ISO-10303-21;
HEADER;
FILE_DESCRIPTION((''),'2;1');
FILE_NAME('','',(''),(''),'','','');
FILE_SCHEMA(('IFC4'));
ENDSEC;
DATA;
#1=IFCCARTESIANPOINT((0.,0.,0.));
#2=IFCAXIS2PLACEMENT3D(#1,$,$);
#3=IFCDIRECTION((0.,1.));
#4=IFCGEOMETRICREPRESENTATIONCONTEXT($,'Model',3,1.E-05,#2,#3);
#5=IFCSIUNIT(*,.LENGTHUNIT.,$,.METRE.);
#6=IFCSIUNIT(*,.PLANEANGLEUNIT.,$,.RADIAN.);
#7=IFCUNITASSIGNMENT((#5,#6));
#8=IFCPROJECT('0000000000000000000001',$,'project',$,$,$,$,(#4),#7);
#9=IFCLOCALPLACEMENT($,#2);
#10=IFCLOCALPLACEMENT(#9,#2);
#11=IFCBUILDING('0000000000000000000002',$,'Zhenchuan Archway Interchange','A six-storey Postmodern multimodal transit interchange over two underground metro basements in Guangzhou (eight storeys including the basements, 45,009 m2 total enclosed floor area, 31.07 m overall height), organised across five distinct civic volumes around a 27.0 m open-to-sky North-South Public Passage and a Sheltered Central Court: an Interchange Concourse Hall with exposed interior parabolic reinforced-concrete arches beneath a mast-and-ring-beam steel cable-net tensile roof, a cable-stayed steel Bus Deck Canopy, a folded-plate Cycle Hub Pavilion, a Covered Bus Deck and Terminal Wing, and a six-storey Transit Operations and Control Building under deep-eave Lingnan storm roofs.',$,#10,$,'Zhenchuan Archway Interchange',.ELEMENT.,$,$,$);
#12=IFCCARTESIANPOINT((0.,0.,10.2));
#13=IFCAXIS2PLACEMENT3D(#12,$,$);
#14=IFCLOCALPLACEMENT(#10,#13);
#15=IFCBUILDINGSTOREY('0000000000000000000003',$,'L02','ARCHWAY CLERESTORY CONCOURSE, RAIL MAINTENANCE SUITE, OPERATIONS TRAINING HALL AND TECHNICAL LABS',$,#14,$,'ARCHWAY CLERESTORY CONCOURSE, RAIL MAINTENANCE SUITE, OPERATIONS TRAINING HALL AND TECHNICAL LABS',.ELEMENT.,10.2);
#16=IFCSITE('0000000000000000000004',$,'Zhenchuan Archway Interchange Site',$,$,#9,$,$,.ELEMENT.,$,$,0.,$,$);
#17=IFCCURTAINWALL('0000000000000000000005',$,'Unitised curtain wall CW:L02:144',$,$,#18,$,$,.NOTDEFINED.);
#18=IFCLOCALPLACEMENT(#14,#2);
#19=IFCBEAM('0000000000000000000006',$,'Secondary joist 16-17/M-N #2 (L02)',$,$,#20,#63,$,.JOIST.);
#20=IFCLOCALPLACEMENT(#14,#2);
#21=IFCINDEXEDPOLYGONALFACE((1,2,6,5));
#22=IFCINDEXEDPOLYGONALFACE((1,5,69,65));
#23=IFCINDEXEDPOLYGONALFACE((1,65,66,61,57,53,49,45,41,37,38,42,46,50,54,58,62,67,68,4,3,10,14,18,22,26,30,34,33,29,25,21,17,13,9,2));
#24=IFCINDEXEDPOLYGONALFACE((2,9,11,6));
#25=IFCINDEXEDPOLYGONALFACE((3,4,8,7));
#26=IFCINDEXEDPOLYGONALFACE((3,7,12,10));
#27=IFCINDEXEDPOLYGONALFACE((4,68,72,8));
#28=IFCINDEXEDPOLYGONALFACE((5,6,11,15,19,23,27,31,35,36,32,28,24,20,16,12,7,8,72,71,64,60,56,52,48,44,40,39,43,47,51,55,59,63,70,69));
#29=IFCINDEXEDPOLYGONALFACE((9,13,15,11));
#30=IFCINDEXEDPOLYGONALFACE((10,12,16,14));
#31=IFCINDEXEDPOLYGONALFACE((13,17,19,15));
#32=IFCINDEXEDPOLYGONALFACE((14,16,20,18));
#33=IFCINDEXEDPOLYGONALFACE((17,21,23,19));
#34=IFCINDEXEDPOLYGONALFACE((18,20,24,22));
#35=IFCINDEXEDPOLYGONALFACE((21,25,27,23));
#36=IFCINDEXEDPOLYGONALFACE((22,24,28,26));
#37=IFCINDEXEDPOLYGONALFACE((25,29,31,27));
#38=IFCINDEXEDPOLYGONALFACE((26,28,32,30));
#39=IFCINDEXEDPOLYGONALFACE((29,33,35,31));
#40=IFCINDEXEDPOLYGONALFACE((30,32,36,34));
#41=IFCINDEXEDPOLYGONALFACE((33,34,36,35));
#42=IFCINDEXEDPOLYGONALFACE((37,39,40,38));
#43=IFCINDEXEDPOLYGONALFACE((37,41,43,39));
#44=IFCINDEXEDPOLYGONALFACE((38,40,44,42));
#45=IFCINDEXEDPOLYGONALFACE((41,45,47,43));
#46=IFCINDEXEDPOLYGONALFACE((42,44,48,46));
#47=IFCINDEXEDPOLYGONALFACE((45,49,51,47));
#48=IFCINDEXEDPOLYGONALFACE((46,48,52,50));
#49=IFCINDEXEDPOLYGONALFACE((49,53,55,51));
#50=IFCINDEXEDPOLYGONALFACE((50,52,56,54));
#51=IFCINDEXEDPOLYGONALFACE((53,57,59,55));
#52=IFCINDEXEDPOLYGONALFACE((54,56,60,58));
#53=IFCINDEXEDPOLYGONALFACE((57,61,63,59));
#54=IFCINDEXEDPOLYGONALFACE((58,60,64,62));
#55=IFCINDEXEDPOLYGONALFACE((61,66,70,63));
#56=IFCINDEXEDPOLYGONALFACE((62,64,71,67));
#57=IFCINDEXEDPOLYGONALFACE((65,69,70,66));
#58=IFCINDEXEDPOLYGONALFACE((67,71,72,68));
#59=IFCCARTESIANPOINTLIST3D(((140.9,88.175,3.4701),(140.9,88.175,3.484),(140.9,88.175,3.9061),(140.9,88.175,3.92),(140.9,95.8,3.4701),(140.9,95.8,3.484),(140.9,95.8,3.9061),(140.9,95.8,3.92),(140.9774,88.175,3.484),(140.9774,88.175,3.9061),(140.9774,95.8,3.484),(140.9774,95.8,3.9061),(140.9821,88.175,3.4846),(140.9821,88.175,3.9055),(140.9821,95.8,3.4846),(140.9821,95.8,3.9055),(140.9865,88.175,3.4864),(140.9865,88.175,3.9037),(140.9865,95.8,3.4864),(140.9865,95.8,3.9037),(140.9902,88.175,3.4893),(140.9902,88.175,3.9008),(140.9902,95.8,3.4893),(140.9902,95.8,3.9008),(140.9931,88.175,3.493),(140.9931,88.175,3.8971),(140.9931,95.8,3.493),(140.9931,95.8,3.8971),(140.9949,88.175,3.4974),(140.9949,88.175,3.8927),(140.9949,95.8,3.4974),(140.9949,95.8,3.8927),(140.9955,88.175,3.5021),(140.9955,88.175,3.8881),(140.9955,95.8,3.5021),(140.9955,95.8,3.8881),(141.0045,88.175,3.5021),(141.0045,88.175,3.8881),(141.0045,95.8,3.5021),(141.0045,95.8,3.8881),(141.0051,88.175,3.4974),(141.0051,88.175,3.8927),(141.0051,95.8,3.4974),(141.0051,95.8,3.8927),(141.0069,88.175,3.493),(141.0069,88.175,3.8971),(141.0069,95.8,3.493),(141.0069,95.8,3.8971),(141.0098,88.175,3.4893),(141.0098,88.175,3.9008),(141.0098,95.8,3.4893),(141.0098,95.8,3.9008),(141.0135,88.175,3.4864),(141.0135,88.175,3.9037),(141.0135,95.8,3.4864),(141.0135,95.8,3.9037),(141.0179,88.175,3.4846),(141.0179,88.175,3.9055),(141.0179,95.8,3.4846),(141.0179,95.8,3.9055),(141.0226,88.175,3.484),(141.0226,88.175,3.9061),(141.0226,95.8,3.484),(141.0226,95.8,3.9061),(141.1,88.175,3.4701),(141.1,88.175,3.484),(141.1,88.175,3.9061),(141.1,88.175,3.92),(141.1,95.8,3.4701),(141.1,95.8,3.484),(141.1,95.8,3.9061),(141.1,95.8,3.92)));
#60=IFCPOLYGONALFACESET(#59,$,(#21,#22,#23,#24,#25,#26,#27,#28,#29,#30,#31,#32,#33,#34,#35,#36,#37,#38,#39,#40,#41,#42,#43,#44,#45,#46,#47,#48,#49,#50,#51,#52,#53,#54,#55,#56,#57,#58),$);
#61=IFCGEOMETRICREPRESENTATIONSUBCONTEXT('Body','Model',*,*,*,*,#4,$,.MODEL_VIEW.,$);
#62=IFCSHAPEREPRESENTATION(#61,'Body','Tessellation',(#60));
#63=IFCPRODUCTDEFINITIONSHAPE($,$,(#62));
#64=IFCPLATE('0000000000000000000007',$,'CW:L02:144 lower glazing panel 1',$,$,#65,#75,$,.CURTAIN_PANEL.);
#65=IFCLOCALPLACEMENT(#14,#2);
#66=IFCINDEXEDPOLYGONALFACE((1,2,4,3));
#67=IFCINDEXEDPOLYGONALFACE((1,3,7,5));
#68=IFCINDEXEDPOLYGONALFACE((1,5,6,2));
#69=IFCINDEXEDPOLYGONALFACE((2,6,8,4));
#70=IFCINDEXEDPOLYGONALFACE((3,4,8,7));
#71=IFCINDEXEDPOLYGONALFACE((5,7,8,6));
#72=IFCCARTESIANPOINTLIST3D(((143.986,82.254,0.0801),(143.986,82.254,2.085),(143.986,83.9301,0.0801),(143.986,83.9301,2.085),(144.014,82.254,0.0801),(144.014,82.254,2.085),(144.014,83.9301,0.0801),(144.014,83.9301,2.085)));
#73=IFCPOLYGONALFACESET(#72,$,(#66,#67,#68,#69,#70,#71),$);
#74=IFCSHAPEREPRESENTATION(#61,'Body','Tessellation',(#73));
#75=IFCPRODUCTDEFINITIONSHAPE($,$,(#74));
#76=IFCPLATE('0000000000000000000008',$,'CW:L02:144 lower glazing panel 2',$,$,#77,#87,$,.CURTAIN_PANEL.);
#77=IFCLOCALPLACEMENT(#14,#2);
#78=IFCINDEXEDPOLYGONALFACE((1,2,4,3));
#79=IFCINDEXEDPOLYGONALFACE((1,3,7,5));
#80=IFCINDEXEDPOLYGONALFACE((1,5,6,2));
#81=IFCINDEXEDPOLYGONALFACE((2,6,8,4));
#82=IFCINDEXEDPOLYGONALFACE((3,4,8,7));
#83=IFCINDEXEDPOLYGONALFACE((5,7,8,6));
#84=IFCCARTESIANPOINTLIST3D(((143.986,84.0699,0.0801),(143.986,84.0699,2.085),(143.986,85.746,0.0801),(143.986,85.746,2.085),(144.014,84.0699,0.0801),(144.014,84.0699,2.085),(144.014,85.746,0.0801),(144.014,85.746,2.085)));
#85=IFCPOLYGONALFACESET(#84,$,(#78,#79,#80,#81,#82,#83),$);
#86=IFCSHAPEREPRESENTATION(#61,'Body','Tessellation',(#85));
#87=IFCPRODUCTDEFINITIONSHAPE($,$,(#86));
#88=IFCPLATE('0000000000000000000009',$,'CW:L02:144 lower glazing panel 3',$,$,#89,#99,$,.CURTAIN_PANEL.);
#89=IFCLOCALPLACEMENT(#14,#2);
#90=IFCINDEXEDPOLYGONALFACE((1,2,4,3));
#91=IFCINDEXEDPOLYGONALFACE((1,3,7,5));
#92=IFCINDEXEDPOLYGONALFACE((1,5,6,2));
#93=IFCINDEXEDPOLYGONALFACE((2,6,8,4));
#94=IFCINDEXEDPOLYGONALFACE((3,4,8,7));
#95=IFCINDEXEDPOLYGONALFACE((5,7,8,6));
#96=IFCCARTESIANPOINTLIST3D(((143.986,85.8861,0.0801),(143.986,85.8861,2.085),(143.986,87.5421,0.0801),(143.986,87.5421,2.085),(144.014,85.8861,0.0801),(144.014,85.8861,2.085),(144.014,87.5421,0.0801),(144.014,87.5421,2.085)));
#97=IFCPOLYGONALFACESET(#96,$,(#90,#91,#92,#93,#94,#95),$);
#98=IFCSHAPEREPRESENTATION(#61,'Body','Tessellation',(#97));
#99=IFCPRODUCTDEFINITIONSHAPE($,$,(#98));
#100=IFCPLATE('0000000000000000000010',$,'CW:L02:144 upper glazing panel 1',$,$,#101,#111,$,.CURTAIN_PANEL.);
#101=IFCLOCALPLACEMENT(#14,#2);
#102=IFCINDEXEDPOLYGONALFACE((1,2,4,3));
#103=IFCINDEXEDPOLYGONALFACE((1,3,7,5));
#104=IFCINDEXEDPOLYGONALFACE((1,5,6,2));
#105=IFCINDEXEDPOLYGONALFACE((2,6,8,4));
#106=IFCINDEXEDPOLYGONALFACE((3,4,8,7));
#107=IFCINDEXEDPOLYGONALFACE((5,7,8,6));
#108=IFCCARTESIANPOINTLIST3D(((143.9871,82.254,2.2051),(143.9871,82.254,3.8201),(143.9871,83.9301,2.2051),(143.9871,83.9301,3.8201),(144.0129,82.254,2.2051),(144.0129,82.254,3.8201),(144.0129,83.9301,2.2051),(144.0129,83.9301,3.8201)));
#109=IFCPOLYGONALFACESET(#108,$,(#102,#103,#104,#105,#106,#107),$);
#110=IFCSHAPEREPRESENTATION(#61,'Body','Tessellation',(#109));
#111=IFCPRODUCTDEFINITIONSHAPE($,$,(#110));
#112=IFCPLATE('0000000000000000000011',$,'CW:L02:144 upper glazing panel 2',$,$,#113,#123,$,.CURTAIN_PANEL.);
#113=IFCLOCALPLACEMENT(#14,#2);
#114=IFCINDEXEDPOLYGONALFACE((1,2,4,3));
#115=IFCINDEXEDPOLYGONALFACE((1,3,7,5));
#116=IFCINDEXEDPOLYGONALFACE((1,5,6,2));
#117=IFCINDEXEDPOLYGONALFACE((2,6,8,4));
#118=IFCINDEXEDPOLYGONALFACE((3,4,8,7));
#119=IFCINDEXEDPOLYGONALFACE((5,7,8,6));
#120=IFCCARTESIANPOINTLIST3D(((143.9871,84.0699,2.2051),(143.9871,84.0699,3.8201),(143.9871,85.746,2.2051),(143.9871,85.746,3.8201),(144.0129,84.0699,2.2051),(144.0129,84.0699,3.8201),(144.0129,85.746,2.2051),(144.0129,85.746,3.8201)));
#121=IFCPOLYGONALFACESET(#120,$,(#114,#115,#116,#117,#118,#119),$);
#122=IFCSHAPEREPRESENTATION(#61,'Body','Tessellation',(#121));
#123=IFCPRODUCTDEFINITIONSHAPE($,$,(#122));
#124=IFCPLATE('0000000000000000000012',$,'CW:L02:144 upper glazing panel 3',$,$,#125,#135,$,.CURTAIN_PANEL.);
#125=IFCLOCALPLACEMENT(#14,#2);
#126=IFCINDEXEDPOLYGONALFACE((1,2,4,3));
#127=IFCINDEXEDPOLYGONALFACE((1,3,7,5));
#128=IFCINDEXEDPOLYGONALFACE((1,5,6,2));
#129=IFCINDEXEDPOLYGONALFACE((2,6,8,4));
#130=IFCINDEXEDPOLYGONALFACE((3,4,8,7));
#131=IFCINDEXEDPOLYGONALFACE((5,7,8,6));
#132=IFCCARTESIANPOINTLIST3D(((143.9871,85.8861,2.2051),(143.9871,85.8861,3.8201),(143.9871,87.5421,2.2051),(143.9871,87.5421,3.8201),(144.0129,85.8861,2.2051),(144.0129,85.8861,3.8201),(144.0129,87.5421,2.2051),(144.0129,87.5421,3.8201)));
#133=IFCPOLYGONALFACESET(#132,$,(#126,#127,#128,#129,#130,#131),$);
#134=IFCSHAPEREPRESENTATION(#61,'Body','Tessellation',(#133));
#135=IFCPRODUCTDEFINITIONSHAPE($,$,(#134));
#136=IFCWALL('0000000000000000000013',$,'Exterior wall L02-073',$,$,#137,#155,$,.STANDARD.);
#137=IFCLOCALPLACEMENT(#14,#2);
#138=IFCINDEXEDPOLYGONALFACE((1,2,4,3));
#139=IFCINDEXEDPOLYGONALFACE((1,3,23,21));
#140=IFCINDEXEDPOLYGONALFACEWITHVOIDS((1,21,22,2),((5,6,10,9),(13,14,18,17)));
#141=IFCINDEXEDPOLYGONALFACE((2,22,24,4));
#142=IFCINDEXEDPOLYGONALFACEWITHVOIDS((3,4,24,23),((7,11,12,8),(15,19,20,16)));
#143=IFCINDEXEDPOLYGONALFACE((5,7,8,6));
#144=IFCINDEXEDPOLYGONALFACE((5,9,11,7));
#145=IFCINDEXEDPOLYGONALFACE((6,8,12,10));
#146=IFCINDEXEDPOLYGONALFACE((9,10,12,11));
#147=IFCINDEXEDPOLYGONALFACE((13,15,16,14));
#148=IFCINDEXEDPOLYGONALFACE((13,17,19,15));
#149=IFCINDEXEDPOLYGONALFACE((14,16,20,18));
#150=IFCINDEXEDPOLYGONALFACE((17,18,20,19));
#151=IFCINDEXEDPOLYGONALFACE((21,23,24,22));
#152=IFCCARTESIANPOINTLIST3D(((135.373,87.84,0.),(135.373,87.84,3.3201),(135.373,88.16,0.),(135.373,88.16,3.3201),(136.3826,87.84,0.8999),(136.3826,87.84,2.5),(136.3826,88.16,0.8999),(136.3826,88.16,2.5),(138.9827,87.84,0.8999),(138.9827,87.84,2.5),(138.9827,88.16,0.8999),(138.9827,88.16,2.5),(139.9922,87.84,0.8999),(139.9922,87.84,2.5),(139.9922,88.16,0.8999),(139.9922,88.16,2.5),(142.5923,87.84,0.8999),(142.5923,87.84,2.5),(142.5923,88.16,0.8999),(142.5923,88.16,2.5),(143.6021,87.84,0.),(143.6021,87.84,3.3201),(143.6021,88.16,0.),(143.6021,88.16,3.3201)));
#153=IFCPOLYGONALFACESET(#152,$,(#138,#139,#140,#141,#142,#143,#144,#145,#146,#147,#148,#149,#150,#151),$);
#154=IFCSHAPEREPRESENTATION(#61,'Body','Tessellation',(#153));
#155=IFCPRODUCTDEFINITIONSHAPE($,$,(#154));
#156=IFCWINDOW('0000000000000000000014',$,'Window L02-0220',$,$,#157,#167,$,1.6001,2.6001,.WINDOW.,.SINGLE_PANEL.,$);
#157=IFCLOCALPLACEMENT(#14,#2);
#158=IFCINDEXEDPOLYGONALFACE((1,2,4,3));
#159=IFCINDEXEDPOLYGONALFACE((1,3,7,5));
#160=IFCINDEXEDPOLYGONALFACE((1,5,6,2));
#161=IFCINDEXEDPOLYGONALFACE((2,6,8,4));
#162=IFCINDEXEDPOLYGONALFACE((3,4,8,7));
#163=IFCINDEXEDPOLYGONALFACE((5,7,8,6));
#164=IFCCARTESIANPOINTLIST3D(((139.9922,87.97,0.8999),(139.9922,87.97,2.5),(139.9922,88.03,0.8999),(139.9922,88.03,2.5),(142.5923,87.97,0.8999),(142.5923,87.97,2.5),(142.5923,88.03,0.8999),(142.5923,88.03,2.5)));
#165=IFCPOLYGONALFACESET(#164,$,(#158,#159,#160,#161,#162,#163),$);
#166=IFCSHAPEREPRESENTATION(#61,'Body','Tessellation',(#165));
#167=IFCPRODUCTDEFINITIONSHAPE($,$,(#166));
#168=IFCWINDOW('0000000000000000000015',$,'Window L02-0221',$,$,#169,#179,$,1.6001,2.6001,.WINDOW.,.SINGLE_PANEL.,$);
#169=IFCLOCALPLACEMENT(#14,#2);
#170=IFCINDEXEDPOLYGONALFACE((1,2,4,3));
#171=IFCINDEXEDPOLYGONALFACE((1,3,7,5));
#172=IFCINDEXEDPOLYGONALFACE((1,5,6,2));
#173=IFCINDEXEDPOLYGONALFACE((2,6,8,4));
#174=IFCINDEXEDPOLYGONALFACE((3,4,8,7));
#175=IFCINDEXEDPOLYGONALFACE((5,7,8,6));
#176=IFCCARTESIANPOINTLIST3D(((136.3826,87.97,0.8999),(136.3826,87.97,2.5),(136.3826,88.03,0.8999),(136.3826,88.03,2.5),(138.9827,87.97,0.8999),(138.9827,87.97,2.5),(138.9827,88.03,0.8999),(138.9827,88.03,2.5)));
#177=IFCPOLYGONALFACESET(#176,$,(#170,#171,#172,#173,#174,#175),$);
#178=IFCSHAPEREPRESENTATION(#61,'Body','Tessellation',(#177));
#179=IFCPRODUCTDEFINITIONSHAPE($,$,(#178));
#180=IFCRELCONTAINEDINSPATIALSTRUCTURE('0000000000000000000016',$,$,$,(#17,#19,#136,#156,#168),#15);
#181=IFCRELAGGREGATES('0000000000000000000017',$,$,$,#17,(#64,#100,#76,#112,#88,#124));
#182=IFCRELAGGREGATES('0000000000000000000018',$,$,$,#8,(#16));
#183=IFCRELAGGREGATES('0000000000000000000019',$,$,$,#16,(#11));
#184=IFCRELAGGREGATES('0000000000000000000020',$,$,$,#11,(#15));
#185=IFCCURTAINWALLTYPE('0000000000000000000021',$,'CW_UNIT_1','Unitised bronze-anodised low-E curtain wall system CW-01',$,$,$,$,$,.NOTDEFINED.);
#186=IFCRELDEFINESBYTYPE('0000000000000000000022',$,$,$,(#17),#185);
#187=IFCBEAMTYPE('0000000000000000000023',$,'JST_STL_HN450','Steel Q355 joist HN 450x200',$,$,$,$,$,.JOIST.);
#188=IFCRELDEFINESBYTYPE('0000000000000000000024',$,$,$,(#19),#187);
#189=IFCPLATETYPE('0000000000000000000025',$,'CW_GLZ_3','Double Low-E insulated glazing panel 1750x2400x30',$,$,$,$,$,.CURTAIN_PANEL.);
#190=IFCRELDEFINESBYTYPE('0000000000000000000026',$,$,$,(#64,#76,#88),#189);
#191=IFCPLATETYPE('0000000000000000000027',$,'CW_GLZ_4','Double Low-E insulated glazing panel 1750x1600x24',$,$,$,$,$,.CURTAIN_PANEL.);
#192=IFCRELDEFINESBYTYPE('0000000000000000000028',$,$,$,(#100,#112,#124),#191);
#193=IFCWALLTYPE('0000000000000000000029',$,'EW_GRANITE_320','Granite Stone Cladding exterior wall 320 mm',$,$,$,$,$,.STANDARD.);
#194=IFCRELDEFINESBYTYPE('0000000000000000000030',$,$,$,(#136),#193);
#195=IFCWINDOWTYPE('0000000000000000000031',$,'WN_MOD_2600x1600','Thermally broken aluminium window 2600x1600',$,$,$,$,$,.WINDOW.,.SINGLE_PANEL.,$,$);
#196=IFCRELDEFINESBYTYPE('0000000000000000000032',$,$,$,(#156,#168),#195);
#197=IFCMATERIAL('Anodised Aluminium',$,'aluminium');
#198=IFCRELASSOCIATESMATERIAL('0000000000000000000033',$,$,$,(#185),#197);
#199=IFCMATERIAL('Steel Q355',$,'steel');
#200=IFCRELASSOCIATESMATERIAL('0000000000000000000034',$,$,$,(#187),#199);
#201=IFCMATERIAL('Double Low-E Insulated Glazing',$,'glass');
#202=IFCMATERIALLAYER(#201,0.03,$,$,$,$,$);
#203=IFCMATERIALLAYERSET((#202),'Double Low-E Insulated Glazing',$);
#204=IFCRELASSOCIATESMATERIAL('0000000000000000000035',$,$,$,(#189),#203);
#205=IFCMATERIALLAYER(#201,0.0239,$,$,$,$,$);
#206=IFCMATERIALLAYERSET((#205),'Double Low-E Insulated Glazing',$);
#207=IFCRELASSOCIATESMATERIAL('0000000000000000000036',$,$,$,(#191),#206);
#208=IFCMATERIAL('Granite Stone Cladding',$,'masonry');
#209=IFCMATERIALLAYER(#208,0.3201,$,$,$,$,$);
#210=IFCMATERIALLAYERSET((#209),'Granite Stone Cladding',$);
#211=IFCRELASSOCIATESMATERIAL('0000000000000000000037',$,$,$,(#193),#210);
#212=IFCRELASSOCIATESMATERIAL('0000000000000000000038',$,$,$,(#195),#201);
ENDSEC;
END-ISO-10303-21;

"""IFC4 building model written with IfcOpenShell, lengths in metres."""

from ifc_helpers import new_model, si_unit, direction, frame, frame_2d, origin, origin_2d, place, context, subcontext, project, spatial, rectangle, i_section, extrude, material, layer, layer_set, material_profile, profile_set, type_object, element, fill, aggregate, save


model = new_model("IFC4")

# Units and contexts
model_context = context("Model", 3, precision=1e-05, world=origin(), true_north=direction((0.0, 1.0)))
body_context = subcontext(model_context, "Body", "Model", "MODEL_VIEW")
ifc_project = project(units=[si_unit("LENGTHUNIT", "METRE"), si_unit("PLANEANGLEUNIT", "RADIAN")], contexts=[model_context])

# Site, building, storey
site_placement = place(None, origin())
site = spatial("IfcSite", under=ifc_project, at=site_placement, Name="Zhenchuan Archway Interchange Site", CompositionType="ELEMENT", RefElevation=0.0)
building_placement = place(site_placement, origin())
building = spatial("IfcBuilding", under=site, at=building_placement, Name="Zhenchuan Archway Interchange", Description="A six-storey Postmodern multimodal transit interchange over two underground metro basements in Guangzhou (eight storeys including the basements, 45,009 m2 total enclosed floor area, 31.07 m overall height), organised across five distinct civic volumes around a 27.0 m open-to-sky North-South Public Passage and a Sheltered Central Court: an Interchange Concourse Hall with exposed interior parabolic reinforced-concrete arches beneath a mast-and-ring-beam steel cable-net tensile roof, a cable-stayed steel Bus Deck Canopy, a folded-plate Cycle Hub Pavilion, a Covered Bus Deck and Terminal Wing, and a six-storey Transit Operations and Control Building under deep-eave Lingnan storm roofs.", LongName="Zhenchuan Archway Interchange", CompositionType="ELEMENT")
storey_placement = place(building_placement, frame((0.0, 0.0, 10.2)))
storey = spatial("IfcBuildingStorey", under=building, at=storey_placement, Name="L02", Description="ARCHWAY CLERESTORY CONCOURSE, RAIL MAINTENANCE SUITE, OPERATIONS TRAINING HALL AND TECHNICAL LABS", LongName="ARCHWAY CLERESTORY CONCOURSE, RAIL MAINTENANCE SUITE, OPERATIONS TRAINING HALL AND TECHNICAL LABS", CompositionType="ELEMENT", Elevation=10.2)

# Curtain wall
ifc_material_1 = material(Name="Anodised Aluminium", Category="aluminium")
curtain_wall_type = type_object("IfcCurtainWallType", Name="CW_UNIT_1", Description="Unitised bronze-anodised low-E curtain wall system CW-01", PredefinedType="NOTDEFINED", material=ifc_material_1)
curtain_wall_placement = place(storey_placement, origin())
curtain_wall = element("IfcCurtainWall", 1, at=curtain_wall_placement, inside=storey, type_object=curtain_wall_type, Name="Unitised curtain wall CW:L02:144", PredefinedType="NOTDEFINED")

# Beam
ifc_material_2 = material(Name="Steel Q355", Category="steel")
ifc_material_profile_1 = material_profile(ifc_material_2, i_section(OverallWidth=0.2, OverallDepth=0.45, WebThickness=0.009, FlangeThickness=0.0139, FilletRadius=0.0181, at=origin_2d()), Name="HN 450x200")
ifc_profile_set_1 = profile_set([ifc_material_profile_1], Name="Steel Q355")
beam_type_1 = type_object("IfcBeamType", Name="JST_STL_HN450", Description="Steel Q355 joist HN 450x200", PredefinedType="JOIST", material=ifc_profile_set_1)
beam_1_placement = place(storey_placement, frame((141.0, 88.175, 3.6951), z_axis=(0.0, 1.0, 0.0), x_axis=(-1.0, 0.0, 0.0)))
element("IfcBeam", 2, at=beam_1_placement, inside=storey, type_object=beam_type_1, Name="Secondary joist 16-17/M-N #2 (L02)", PredefinedType="JOIST", context=body_context, shape_type="SweptSolid", body=[
    extrude(i_section(OverallWidth=0.2, OverallDepth=0.45, WebThickness=0.009, FlangeThickness=0.0139, FilletRadius=0.0181, at=origin_2d()), origin(), (0.0, 0.0, 1.0), 7.625),
])

# Plates
ifc_material_3 = material(Name="Double Low-E Insulated Glazing", Category="glass")
ifc_layer_1 = layer(ifc_material_3, 0.03)
ifc_layer_set_1 = layer_set([ifc_layer_1], Name="Double Low-E Insulated Glazing")
plate_type_1 = type_object("IfcPlateType", Name="CW_GLZ_3", Description="Double Low-E insulated glazing panel 1750x2400x30", PredefinedType="CURTAIN_PANEL", material=ifc_layer_set_1)
plate_1_placement = place(storey_placement, frame((144.0, 83.092, 0.0801), z_axis=(0.0, 0.0, 1.0), x_axis=(0.0, 1.0, 0.0)))
plate_1 = element("IfcPlate", 3, at=plate_1_placement, type_object=plate_type_1, Name="CW:L02:144 lower glazing panel 1", PredefinedType="CURTAIN_PANEL", context=body_context, shape_type="SweptSolid", body=[
    extrude(rectangle(XDim=1.676, YDim=0.0281, at=origin_2d()), origin(), (0.0, 0.0, 1.0), 2.0049),
])
plate_2_placement = place(storey_placement, frame((144.0, 84.908, 0.0801), z_axis=(0.0, 0.0, 1.0), x_axis=(0.0, 1.0, 0.0)))
plate_2 = element("IfcPlate", 4, at=plate_2_placement, type_object=plate_type_1, Name="CW:L02:144 lower glazing panel 2", PredefinedType="CURTAIN_PANEL", context=body_context, shape_type="SweptSolid", body=[
    extrude(rectangle(XDim=1.676, YDim=0.0281, at=origin_2d()), origin(), (0.0, 0.0, 1.0), 2.0049),
])
plate_3_placement = place(storey_placement, frame((144.0, 86.7141, 0.0801), z_axis=(0.0, 0.0, 1.0), x_axis=(0.0, 1.0, 0.0)))
plate_3 = element("IfcPlate", 5, at=plate_3_placement, type_object=plate_type_1, Name="CW:L02:144 lower glazing panel 3", PredefinedType="CURTAIN_PANEL", context=body_context, shape_type="SweptSolid", body=[
    extrude(rectangle(XDim=1.656, YDim=0.0281, at=origin_2d()), origin(), (0.0, 0.0, 1.0), 2.0049),
])
ifc_layer_2 = layer(ifc_material_3, 0.0239)
ifc_layer_set_2 = layer_set([ifc_layer_2], Name="Double Low-E Insulated Glazing")
plate_type_2 = type_object("IfcPlateType", Name="CW_GLZ_4", Description="Double Low-E insulated glazing panel 1750x1600x24", PredefinedType="CURTAIN_PANEL", material=ifc_layer_set_2)
plate_4_placement = place(storey_placement, frame((144.0, 83.092, 2.2051), z_axis=(0.0, 0.0, 1.0), x_axis=(0.0, 1.0, 0.0)))
plate_4 = element("IfcPlate", 6, at=plate_4_placement, type_object=plate_type_2, Name="CW:L02:144 upper glazing panel 1", PredefinedType="CURTAIN_PANEL", context=body_context, shape_type="SweptSolid", body=[
    extrude(rectangle(XDim=1.676, YDim=0.0259, at=origin_2d()), origin(), (0.0, 0.0, 1.0), 1.615),
])
plate_5_placement = place(storey_placement, frame((144.0, 84.908, 2.2051), z_axis=(0.0, 0.0, 1.0), x_axis=(0.0, 1.0, 0.0)))
plate_5 = element("IfcPlate", 7, at=plate_5_placement, type_object=plate_type_2, Name="CW:L02:144 upper glazing panel 2", PredefinedType="CURTAIN_PANEL", context=body_context, shape_type="SweptSolid", body=[
    extrude(rectangle(XDim=1.676, YDim=0.0259, at=origin_2d()), origin(), (0.0, 0.0, 1.0), 1.615),
])
plate_6_placement = place(storey_placement, frame((144.0, 86.7141, 2.2051), z_axis=(0.0, 0.0, 1.0), x_axis=(0.0, 1.0, 0.0)))
plate_6 = element("IfcPlate", 8, at=plate_6_placement, type_object=plate_type_2, Name="CW:L02:144 upper glazing panel 3", PredefinedType="CURTAIN_PANEL", context=body_context, shape_type="SweptSolid", body=[
    extrude(rectangle(XDim=1.656, YDim=0.0259, at=origin_2d()), origin(), (0.0, 0.0, 1.0), 1.615),
])
aggregate(curtain_wall, [plate_1, plate_4, plate_2, plate_5, plate_3, plate_6])

# Wall, openings, windows
ifc_material_4 = material(Name="Granite Stone Cladding", Category="masonry")
ifc_layer_3 = layer(ifc_material_4, 0.3201)
ifc_layer_set_3 = layer_set([ifc_layer_3], Name="Granite Stone Cladding")
wall_type = type_object("IfcWallType", Name="EW_GRANITE_320", Description="Granite Stone Cladding exterior wall 320 mm", PredefinedType="STANDARD", material=ifc_layer_set_3)
wall_placement = place(storey_placement, frame((143.6021, 88.0, 0.0), z_axis=(0.0, 0.0, 1.0), x_axis=(-1.0, 0.0, 0.0)))
wall = element("IfcWall", 9, at=wall_placement, inside=storey, type_object=wall_type, Name="Exterior wall L02-073", PredefinedType="STANDARD", context=body_context, shape_type="SweptSolid", body=[
    extrude(rectangle(XDim=8.229, YDim=0.3201, at=frame_2d((4.1145, 0.0))), origin(), (0.0, 0.0, 1.0), 3.3201),
])
opening_1_placement = place(wall_placement, frame((1.0098, 0.0, 0.8999)))
opening_1 = element("IfcOpeningElement", 10, at=opening_1_placement, cuts=wall, PredefinedType="OPENING", context=body_context, shape_type="SweptSolid", body=[
    extrude(rectangle(XDim=2.6001, YDim=1.6001, at=frame_2d((1.3, 0.8))), frame((0.0, 0.1719, 0.0), z_axis=(0.0, -1.0, 0.0), x_axis=(1.0, 0.0, 0.0)), (0.0, 0.0, 1.0), 0.344),
])
opening_2_placement = place(wall_placement, frame((4.6194, 0.0, 0.8999)))
opening_2 = element("IfcOpeningElement", 11, at=opening_2_placement, cuts=wall, PredefinedType="OPENING", context=body_context, shape_type="SweptSolid", body=[
    extrude(rectangle(XDim=2.6001, YDim=1.6001, at=frame_2d((1.3, 0.8))), frame((0.0, 0.1719, 0.0), z_axis=(0.0, -1.0, 0.0), x_axis=(1.0, 0.0, 0.0)), (0.0, 0.0, 1.0), 0.344),
])
window_type = type_object("IfcWindowType", Name="WN_MOD_2600x1600", Description="Thermally broken aluminium window 2600x1600", PartitioningType="SINGLE_PANEL", PredefinedType="WINDOW", material=ifc_material_3)
window_1_placement = place(opening_1_placement, origin())
window_1 = element("IfcWindow", 12, at=window_1_placement, inside=storey, type_object=window_type, Name="Window L02-0220", OverallHeight=1.6001, OverallWidth=2.6001, PartitioningType="SINGLE_PANEL", PredefinedType="WINDOW", context=body_context, shape_type="SweptSolid", body=[
    extrude(rectangle(XDim=2.6001, YDim=1.6001, at=frame_2d((1.3, 0.8))), frame((0.0, 0.03, 0.0), z_axis=(0.0, -1.0, 0.0), x_axis=(1.0, 0.0, 0.0)), (0.0, 0.0, 1.0), 0.0601),
])
fill(opening_1, window_1)
window_2_placement = place(opening_2_placement, origin())
window_2 = element("IfcWindow", 13, at=window_2_placement, inside=storey, type_object=window_type, Name="Window L02-0221", OverallHeight=1.6001, OverallWidth=2.6001, PartitioningType="SINGLE_PANEL", PredefinedType="WINDOW", context=body_context, shape_type="SweptSolid", body=[
    extrude(rectangle(XDim=2.6001, YDim=1.6001, at=frame_2d((1.3, 0.8))), frame((0.0, 0.03, 0.0), z_axis=(0.0, -1.0, 0.0), x_axis=(1.0, 0.0, 0.0)), (0.0, 0.0, 1.0), 0.0601),
])
fill(opening_2, window_2)

save(model, "model.ifc")
